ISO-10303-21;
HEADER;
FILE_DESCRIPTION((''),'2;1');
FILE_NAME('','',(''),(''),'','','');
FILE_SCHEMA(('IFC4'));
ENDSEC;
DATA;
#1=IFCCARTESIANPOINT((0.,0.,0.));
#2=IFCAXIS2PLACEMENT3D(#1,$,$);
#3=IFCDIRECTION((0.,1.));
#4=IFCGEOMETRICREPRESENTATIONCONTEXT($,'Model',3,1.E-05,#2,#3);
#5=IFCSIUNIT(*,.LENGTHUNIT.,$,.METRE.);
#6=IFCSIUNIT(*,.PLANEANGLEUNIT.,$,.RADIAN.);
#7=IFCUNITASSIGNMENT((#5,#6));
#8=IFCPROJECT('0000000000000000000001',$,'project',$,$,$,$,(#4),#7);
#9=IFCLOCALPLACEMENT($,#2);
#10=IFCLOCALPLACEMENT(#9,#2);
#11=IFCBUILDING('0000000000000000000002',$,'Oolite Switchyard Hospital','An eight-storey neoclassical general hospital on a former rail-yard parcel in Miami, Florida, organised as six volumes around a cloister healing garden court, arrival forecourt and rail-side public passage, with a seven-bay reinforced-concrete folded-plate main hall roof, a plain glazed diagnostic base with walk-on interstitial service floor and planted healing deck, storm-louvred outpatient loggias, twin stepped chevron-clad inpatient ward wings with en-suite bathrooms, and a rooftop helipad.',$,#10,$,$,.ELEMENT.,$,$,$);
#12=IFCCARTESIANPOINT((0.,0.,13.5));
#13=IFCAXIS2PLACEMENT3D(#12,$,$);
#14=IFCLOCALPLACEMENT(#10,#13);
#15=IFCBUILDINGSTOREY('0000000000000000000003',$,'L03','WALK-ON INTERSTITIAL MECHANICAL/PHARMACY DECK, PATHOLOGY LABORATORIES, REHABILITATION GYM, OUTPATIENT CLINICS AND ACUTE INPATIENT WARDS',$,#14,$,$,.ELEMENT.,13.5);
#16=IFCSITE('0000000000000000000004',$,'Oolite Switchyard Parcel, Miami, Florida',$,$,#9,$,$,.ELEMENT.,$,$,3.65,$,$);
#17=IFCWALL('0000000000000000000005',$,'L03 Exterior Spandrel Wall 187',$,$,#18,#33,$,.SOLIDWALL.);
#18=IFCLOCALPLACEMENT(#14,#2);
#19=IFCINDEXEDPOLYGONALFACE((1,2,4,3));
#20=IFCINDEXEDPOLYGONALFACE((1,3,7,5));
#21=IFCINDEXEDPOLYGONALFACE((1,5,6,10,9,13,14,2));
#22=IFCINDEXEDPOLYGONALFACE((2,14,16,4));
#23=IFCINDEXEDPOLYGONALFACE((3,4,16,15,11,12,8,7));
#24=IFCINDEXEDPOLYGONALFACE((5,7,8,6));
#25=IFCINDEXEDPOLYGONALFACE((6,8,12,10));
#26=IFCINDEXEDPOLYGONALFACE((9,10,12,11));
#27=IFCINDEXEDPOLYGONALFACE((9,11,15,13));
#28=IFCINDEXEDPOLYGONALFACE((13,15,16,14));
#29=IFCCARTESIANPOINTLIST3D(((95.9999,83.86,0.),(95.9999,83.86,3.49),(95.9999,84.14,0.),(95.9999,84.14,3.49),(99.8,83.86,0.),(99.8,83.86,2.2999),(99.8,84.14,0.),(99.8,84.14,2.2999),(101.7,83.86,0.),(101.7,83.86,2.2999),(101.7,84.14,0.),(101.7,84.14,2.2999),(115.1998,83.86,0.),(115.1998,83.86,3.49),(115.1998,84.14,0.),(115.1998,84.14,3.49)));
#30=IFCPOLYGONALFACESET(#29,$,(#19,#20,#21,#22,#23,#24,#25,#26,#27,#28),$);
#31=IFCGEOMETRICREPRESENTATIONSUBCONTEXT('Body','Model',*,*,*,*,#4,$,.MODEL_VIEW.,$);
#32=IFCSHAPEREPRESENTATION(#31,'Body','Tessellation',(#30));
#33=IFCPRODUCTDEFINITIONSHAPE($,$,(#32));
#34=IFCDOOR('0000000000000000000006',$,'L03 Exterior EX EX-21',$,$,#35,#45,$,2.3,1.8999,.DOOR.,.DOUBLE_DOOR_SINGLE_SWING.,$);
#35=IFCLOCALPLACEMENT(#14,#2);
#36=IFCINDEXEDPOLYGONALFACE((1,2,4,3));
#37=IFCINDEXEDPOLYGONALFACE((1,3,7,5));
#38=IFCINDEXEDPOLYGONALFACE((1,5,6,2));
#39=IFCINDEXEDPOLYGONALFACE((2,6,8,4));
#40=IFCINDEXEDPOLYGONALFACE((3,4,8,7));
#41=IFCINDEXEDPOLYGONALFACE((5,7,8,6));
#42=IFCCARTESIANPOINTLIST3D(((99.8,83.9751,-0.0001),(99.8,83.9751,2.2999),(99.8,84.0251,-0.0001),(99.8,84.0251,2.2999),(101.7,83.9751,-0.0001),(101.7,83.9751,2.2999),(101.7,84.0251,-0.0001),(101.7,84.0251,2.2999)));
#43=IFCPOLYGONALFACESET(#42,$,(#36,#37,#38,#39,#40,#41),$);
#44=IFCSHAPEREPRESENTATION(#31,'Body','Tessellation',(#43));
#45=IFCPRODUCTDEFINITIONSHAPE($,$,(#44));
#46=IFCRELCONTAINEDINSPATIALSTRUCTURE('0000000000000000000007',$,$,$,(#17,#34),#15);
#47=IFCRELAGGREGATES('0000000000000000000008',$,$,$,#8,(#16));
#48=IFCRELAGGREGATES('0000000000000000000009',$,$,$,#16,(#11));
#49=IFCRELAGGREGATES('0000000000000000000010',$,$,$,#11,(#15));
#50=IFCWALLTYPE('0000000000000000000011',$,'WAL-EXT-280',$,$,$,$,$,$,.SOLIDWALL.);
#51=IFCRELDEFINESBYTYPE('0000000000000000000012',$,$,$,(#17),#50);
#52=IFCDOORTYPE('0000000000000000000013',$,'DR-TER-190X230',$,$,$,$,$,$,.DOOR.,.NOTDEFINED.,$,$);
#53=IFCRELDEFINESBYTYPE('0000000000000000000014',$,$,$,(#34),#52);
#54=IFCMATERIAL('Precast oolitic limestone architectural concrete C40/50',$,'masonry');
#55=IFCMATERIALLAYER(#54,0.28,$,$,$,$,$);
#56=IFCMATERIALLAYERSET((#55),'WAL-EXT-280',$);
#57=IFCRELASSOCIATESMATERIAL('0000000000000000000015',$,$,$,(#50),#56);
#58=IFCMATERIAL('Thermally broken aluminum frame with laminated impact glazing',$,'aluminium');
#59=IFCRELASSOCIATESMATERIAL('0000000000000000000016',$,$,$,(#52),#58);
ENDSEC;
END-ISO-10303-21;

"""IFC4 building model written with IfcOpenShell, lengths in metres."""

from ifc_helpers import new_model, si_unit, direction, frame, frame_2d, origin, place, context, subcontext, project, spatial, rectangle, extrude, material, layer, layer_set, type_object, element, fill, save


model = new_model("IFC4")

# Units and contexts
model_context = context("Model", 3, precision=1e-05, world=origin(), true_north=direction((0.0, 1.0)))
body_context = subcontext(model_context, "Body", "Model", "MODEL_VIEW")
ifc_project = project(units=[si_unit("LENGTHUNIT", "METRE"), si_unit("PLANEANGLEUNIT", "RADIAN")], contexts=[model_context])

# Site, building, storey
site_placement = place(None, origin())
site = spatial("IfcSite", under=ifc_project, at=site_placement, Name="Oolite Switchyard Parcel, Miami, Florida", CompositionType="ELEMENT", RefElevation=3.65)
building_placement = place(site_placement, origin())
building = spatial("IfcBuilding", under=site, at=building_placement, Name="Oolite Switchyard Hospital", Description="An eight-storey neoclassical general hospital on a former rail-yard parcel in Miami, Florida, organised as six volumes around a cloister healing garden court, arrival forecourt and rail-side public passage, with a seven-bay reinforced-concrete folded-plate main hall roof, a plain glazed diagnostic base with walk-on interstitial service floor and planted healing deck, storm-louvred outpatient loggias, twin stepped chevron-clad inpatient ward wings with en-suite bathrooms, and a rooftop helipad.", CompositionType="ELEMENT")
storey_placement = place(building_placement, frame((0.0, 0.0, 13.5)))
storey = spatial("IfcBuildingStorey", under=building, at=storey_placement, Name="L03", Description="WALK-ON INTERSTITIAL MECHANICAL/PHARMACY DECK, PATHOLOGY LABORATORIES, REHABILITATION GYM, OUTPATIENT CLINICS AND ACUTE INPATIENT WARDS", CompositionType="ELEMENT", Elevation=13.5)

# Shared definitions
ifc_material_1 = material(Name="Precast oolitic limestone architectural concrete C40/50", Category="masonry")
ifc_material_2 = material(Name="Thermally broken aluminum frame with laminated impact glazing", Category="aluminium")

# Wall, opening, door
ifc_layer_1 = layer(ifc_material_1, 0.28)
ifc_layer_set_1 = layer_set([ifc_layer_1], Name="WAL-EXT-280")
wall_type_1 = type_object("IfcWallType", Name="WAL-EXT-280", PredefinedType="SOLIDWALL", material=ifc_layer_set_1)
wall_1_placement = place(storey_placement, frame((115.2, 84.0, 0.0), z_axis=(0.0, 0.0, 1.0), x_axis=(-1.0, 0.0, 0.0)))
wall_1 = element("IfcWall", 1, at=wall_1_placement, inside=storey, type_object=wall_type_1, Name="L03 Exterior Spandrel Wall 187", PredefinedType="SOLIDWALL", context=body_context, shape_type="SweptSolid", body=[
    extrude(rectangle(XDim=19.2, YDim=0.28, at=frame_2d((9.6001, 0.0))), origin(), (0.0, 0.0, 1.0), 3.49),
])
opening_1_placement = place(wall_1_placement, frame((13.5, 0.0, 0.0)))
opening_1 = element("IfcOpeningElement", 2, at=opening_1_placement, cuts=wall_1, PredefinedType="OPENING", context=body_context, shape_type="SweptSolid", body=[
    extrude(rectangle(XDim=1.8999, YDim=2.3, at=frame_2d((0.95, 1.1499))), frame((0.0, 0.1499, 0.0), z_axis=(0.0, -1.0, 0.0), x_axis=(1.0, 0.0, 0.0)), (0.0, 0.0, 1.0), 0.3),
])
door_type = type_object("IfcDoorType", Name="DR-TER-190X230", OperationType="NOTDEFINED", PredefinedType="DOOR", material=ifc_material_2)
door_placement = place(opening_1_placement, origin())
door = element("IfcDoor", 3, at=door_placement, inside=storey, type_object=door_type, Name="L03 Exterior EX EX-21", OperationType="DOUBLE_DOOR_SINGLE_SWING", OverallHeight=2.3, OverallWidth=1.8999, PredefinedType="DOOR", context=body_context, shape_type="SweptSolid", body=[
    extrude(rectangle(XDim=1.8999, YDim=2.3, at=frame_2d((0.95, 1.1499))), frame((0.0, 0.0249, 0.0), z_axis=(0.0, -1.0, 0.0), x_axis=(1.0, 0.0, 0.0)), (0.0, 0.0, 1.0), 0.05),
])
fill(opening_1, door)

save(model, "model.ifc")
